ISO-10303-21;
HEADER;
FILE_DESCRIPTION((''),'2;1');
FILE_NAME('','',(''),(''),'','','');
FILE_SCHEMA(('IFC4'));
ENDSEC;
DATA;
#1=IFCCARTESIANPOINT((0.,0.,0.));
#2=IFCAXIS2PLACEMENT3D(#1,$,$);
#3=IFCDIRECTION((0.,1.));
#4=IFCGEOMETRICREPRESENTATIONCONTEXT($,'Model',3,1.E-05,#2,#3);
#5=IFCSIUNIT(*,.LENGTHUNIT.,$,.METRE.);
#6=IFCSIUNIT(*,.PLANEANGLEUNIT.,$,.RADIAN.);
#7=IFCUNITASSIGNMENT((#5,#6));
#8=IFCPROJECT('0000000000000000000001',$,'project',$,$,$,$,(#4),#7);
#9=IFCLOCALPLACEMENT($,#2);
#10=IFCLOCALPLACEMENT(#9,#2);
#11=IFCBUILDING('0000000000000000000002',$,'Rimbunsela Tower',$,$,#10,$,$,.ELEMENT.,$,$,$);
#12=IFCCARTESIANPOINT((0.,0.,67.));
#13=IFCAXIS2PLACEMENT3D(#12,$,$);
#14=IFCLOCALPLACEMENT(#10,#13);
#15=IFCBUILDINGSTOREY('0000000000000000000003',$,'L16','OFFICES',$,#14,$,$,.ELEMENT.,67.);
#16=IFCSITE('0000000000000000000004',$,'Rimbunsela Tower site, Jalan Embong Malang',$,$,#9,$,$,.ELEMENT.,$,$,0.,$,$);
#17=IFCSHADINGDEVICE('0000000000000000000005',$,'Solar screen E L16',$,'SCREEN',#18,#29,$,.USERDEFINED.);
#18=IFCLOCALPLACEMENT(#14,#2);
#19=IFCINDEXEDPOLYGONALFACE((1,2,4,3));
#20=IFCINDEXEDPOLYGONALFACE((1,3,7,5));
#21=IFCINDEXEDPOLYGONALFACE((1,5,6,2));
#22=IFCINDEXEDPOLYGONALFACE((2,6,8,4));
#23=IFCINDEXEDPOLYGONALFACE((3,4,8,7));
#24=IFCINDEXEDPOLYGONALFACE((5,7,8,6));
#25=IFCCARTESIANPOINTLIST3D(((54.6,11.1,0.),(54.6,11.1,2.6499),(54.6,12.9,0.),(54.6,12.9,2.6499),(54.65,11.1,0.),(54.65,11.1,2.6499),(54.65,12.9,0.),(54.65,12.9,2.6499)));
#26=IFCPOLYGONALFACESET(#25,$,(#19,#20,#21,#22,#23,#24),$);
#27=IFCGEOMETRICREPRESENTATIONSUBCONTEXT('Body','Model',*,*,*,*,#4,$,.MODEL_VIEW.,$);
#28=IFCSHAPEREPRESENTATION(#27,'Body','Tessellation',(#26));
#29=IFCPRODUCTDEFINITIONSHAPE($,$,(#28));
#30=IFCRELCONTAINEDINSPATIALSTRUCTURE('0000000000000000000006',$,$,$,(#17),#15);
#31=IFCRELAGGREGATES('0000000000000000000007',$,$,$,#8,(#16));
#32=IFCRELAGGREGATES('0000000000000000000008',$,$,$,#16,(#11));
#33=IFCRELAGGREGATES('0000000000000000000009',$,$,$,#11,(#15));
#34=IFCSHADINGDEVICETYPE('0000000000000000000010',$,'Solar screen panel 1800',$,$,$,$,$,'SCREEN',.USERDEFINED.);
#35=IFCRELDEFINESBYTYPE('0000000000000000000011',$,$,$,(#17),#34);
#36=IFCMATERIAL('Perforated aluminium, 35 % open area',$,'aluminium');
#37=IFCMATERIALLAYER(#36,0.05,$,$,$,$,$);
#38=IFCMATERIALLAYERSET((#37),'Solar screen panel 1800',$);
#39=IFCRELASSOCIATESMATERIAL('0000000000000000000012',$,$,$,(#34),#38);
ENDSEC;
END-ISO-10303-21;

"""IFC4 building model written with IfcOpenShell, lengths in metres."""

from ifc_helpers import new_model, si_unit, direction, frame, origin, origin_2d, place, context, subcontext, project, spatial, rectangle, extrude, material, layer, layer_set, type_object, element, save


model = new_model("IFC4")

# Units and contexts
model_context = context("Model", 3, precision=1e-05, world=origin(), true_north=direction((0.0, 1.0)))
body_context = subcontext(model_context, "Body", "Model", "MODEL_VIEW")
ifc_project = project(units=[si_unit("LENGTHUNIT", "METRE"), si_unit("PLANEANGLEUNIT", "RADIAN")], contexts=[model_context])

# Site, building, storey
site_placement = place(None, origin())
site = spatial("IfcSite", under=ifc_project, at=site_placement, Name="Rimbunsela Tower site, Jalan Embong Malang", CompositionType="ELEMENT", RefElevation=0.0)
building_placement = place(site_placement, origin())
building = spatial("IfcBuilding", under=site, at=building_placement, Name="Rimbunsela Tower", CompositionType="ELEMENT")
storey_placement = place(building_placement, frame((0.0, 0.0, 67.0)))
storey = spatial("IfcBuildingStorey", under=building, at=storey_placement, Name="L16", Description="OFFICES", CompositionType="ELEMENT", Elevation=67.0)

# Shading device
ifc_material_1 = material(Name="Perforated aluminium, 35 % open area", Category="aluminium")
ifc_layer_1 = layer(ifc_material_1, 0.05)
ifc_layer_set_1 = layer_set([ifc_layer_1], Name="Solar screen panel 1800")
shading_device_type = type_object("IfcShadingDeviceType", Name="Solar screen panel 1800", ElementType="SCREEN", PredefinedType="USERDEFINED", material=ifc_layer_set_1)
for number, where, z_axis, x_axis, name in (
    (1, (54.625, 12.0, 0.0), (0.0, 0.0, 1.0), (0.0, 1.0, 0.0), "Solar screen E L16"),
):
    element("IfcShadingDevice", number, at=place(storey_placement, frame(where, z_axis=z_axis, x_axis=x_axis)), inside=storey, type_object=shading_device_type, Name=name, ObjectType="SCREEN", PredefinedType="USERDEFINED", context=body_context, shape_type="SweptSolid", body=[
        extrude(rectangle(XDim=1.8, YDim=0.05, at=origin_2d()), origin(), (0.0, 0.0, 1.0), 2.6499),
    ])

save(model, "model.ifc")
